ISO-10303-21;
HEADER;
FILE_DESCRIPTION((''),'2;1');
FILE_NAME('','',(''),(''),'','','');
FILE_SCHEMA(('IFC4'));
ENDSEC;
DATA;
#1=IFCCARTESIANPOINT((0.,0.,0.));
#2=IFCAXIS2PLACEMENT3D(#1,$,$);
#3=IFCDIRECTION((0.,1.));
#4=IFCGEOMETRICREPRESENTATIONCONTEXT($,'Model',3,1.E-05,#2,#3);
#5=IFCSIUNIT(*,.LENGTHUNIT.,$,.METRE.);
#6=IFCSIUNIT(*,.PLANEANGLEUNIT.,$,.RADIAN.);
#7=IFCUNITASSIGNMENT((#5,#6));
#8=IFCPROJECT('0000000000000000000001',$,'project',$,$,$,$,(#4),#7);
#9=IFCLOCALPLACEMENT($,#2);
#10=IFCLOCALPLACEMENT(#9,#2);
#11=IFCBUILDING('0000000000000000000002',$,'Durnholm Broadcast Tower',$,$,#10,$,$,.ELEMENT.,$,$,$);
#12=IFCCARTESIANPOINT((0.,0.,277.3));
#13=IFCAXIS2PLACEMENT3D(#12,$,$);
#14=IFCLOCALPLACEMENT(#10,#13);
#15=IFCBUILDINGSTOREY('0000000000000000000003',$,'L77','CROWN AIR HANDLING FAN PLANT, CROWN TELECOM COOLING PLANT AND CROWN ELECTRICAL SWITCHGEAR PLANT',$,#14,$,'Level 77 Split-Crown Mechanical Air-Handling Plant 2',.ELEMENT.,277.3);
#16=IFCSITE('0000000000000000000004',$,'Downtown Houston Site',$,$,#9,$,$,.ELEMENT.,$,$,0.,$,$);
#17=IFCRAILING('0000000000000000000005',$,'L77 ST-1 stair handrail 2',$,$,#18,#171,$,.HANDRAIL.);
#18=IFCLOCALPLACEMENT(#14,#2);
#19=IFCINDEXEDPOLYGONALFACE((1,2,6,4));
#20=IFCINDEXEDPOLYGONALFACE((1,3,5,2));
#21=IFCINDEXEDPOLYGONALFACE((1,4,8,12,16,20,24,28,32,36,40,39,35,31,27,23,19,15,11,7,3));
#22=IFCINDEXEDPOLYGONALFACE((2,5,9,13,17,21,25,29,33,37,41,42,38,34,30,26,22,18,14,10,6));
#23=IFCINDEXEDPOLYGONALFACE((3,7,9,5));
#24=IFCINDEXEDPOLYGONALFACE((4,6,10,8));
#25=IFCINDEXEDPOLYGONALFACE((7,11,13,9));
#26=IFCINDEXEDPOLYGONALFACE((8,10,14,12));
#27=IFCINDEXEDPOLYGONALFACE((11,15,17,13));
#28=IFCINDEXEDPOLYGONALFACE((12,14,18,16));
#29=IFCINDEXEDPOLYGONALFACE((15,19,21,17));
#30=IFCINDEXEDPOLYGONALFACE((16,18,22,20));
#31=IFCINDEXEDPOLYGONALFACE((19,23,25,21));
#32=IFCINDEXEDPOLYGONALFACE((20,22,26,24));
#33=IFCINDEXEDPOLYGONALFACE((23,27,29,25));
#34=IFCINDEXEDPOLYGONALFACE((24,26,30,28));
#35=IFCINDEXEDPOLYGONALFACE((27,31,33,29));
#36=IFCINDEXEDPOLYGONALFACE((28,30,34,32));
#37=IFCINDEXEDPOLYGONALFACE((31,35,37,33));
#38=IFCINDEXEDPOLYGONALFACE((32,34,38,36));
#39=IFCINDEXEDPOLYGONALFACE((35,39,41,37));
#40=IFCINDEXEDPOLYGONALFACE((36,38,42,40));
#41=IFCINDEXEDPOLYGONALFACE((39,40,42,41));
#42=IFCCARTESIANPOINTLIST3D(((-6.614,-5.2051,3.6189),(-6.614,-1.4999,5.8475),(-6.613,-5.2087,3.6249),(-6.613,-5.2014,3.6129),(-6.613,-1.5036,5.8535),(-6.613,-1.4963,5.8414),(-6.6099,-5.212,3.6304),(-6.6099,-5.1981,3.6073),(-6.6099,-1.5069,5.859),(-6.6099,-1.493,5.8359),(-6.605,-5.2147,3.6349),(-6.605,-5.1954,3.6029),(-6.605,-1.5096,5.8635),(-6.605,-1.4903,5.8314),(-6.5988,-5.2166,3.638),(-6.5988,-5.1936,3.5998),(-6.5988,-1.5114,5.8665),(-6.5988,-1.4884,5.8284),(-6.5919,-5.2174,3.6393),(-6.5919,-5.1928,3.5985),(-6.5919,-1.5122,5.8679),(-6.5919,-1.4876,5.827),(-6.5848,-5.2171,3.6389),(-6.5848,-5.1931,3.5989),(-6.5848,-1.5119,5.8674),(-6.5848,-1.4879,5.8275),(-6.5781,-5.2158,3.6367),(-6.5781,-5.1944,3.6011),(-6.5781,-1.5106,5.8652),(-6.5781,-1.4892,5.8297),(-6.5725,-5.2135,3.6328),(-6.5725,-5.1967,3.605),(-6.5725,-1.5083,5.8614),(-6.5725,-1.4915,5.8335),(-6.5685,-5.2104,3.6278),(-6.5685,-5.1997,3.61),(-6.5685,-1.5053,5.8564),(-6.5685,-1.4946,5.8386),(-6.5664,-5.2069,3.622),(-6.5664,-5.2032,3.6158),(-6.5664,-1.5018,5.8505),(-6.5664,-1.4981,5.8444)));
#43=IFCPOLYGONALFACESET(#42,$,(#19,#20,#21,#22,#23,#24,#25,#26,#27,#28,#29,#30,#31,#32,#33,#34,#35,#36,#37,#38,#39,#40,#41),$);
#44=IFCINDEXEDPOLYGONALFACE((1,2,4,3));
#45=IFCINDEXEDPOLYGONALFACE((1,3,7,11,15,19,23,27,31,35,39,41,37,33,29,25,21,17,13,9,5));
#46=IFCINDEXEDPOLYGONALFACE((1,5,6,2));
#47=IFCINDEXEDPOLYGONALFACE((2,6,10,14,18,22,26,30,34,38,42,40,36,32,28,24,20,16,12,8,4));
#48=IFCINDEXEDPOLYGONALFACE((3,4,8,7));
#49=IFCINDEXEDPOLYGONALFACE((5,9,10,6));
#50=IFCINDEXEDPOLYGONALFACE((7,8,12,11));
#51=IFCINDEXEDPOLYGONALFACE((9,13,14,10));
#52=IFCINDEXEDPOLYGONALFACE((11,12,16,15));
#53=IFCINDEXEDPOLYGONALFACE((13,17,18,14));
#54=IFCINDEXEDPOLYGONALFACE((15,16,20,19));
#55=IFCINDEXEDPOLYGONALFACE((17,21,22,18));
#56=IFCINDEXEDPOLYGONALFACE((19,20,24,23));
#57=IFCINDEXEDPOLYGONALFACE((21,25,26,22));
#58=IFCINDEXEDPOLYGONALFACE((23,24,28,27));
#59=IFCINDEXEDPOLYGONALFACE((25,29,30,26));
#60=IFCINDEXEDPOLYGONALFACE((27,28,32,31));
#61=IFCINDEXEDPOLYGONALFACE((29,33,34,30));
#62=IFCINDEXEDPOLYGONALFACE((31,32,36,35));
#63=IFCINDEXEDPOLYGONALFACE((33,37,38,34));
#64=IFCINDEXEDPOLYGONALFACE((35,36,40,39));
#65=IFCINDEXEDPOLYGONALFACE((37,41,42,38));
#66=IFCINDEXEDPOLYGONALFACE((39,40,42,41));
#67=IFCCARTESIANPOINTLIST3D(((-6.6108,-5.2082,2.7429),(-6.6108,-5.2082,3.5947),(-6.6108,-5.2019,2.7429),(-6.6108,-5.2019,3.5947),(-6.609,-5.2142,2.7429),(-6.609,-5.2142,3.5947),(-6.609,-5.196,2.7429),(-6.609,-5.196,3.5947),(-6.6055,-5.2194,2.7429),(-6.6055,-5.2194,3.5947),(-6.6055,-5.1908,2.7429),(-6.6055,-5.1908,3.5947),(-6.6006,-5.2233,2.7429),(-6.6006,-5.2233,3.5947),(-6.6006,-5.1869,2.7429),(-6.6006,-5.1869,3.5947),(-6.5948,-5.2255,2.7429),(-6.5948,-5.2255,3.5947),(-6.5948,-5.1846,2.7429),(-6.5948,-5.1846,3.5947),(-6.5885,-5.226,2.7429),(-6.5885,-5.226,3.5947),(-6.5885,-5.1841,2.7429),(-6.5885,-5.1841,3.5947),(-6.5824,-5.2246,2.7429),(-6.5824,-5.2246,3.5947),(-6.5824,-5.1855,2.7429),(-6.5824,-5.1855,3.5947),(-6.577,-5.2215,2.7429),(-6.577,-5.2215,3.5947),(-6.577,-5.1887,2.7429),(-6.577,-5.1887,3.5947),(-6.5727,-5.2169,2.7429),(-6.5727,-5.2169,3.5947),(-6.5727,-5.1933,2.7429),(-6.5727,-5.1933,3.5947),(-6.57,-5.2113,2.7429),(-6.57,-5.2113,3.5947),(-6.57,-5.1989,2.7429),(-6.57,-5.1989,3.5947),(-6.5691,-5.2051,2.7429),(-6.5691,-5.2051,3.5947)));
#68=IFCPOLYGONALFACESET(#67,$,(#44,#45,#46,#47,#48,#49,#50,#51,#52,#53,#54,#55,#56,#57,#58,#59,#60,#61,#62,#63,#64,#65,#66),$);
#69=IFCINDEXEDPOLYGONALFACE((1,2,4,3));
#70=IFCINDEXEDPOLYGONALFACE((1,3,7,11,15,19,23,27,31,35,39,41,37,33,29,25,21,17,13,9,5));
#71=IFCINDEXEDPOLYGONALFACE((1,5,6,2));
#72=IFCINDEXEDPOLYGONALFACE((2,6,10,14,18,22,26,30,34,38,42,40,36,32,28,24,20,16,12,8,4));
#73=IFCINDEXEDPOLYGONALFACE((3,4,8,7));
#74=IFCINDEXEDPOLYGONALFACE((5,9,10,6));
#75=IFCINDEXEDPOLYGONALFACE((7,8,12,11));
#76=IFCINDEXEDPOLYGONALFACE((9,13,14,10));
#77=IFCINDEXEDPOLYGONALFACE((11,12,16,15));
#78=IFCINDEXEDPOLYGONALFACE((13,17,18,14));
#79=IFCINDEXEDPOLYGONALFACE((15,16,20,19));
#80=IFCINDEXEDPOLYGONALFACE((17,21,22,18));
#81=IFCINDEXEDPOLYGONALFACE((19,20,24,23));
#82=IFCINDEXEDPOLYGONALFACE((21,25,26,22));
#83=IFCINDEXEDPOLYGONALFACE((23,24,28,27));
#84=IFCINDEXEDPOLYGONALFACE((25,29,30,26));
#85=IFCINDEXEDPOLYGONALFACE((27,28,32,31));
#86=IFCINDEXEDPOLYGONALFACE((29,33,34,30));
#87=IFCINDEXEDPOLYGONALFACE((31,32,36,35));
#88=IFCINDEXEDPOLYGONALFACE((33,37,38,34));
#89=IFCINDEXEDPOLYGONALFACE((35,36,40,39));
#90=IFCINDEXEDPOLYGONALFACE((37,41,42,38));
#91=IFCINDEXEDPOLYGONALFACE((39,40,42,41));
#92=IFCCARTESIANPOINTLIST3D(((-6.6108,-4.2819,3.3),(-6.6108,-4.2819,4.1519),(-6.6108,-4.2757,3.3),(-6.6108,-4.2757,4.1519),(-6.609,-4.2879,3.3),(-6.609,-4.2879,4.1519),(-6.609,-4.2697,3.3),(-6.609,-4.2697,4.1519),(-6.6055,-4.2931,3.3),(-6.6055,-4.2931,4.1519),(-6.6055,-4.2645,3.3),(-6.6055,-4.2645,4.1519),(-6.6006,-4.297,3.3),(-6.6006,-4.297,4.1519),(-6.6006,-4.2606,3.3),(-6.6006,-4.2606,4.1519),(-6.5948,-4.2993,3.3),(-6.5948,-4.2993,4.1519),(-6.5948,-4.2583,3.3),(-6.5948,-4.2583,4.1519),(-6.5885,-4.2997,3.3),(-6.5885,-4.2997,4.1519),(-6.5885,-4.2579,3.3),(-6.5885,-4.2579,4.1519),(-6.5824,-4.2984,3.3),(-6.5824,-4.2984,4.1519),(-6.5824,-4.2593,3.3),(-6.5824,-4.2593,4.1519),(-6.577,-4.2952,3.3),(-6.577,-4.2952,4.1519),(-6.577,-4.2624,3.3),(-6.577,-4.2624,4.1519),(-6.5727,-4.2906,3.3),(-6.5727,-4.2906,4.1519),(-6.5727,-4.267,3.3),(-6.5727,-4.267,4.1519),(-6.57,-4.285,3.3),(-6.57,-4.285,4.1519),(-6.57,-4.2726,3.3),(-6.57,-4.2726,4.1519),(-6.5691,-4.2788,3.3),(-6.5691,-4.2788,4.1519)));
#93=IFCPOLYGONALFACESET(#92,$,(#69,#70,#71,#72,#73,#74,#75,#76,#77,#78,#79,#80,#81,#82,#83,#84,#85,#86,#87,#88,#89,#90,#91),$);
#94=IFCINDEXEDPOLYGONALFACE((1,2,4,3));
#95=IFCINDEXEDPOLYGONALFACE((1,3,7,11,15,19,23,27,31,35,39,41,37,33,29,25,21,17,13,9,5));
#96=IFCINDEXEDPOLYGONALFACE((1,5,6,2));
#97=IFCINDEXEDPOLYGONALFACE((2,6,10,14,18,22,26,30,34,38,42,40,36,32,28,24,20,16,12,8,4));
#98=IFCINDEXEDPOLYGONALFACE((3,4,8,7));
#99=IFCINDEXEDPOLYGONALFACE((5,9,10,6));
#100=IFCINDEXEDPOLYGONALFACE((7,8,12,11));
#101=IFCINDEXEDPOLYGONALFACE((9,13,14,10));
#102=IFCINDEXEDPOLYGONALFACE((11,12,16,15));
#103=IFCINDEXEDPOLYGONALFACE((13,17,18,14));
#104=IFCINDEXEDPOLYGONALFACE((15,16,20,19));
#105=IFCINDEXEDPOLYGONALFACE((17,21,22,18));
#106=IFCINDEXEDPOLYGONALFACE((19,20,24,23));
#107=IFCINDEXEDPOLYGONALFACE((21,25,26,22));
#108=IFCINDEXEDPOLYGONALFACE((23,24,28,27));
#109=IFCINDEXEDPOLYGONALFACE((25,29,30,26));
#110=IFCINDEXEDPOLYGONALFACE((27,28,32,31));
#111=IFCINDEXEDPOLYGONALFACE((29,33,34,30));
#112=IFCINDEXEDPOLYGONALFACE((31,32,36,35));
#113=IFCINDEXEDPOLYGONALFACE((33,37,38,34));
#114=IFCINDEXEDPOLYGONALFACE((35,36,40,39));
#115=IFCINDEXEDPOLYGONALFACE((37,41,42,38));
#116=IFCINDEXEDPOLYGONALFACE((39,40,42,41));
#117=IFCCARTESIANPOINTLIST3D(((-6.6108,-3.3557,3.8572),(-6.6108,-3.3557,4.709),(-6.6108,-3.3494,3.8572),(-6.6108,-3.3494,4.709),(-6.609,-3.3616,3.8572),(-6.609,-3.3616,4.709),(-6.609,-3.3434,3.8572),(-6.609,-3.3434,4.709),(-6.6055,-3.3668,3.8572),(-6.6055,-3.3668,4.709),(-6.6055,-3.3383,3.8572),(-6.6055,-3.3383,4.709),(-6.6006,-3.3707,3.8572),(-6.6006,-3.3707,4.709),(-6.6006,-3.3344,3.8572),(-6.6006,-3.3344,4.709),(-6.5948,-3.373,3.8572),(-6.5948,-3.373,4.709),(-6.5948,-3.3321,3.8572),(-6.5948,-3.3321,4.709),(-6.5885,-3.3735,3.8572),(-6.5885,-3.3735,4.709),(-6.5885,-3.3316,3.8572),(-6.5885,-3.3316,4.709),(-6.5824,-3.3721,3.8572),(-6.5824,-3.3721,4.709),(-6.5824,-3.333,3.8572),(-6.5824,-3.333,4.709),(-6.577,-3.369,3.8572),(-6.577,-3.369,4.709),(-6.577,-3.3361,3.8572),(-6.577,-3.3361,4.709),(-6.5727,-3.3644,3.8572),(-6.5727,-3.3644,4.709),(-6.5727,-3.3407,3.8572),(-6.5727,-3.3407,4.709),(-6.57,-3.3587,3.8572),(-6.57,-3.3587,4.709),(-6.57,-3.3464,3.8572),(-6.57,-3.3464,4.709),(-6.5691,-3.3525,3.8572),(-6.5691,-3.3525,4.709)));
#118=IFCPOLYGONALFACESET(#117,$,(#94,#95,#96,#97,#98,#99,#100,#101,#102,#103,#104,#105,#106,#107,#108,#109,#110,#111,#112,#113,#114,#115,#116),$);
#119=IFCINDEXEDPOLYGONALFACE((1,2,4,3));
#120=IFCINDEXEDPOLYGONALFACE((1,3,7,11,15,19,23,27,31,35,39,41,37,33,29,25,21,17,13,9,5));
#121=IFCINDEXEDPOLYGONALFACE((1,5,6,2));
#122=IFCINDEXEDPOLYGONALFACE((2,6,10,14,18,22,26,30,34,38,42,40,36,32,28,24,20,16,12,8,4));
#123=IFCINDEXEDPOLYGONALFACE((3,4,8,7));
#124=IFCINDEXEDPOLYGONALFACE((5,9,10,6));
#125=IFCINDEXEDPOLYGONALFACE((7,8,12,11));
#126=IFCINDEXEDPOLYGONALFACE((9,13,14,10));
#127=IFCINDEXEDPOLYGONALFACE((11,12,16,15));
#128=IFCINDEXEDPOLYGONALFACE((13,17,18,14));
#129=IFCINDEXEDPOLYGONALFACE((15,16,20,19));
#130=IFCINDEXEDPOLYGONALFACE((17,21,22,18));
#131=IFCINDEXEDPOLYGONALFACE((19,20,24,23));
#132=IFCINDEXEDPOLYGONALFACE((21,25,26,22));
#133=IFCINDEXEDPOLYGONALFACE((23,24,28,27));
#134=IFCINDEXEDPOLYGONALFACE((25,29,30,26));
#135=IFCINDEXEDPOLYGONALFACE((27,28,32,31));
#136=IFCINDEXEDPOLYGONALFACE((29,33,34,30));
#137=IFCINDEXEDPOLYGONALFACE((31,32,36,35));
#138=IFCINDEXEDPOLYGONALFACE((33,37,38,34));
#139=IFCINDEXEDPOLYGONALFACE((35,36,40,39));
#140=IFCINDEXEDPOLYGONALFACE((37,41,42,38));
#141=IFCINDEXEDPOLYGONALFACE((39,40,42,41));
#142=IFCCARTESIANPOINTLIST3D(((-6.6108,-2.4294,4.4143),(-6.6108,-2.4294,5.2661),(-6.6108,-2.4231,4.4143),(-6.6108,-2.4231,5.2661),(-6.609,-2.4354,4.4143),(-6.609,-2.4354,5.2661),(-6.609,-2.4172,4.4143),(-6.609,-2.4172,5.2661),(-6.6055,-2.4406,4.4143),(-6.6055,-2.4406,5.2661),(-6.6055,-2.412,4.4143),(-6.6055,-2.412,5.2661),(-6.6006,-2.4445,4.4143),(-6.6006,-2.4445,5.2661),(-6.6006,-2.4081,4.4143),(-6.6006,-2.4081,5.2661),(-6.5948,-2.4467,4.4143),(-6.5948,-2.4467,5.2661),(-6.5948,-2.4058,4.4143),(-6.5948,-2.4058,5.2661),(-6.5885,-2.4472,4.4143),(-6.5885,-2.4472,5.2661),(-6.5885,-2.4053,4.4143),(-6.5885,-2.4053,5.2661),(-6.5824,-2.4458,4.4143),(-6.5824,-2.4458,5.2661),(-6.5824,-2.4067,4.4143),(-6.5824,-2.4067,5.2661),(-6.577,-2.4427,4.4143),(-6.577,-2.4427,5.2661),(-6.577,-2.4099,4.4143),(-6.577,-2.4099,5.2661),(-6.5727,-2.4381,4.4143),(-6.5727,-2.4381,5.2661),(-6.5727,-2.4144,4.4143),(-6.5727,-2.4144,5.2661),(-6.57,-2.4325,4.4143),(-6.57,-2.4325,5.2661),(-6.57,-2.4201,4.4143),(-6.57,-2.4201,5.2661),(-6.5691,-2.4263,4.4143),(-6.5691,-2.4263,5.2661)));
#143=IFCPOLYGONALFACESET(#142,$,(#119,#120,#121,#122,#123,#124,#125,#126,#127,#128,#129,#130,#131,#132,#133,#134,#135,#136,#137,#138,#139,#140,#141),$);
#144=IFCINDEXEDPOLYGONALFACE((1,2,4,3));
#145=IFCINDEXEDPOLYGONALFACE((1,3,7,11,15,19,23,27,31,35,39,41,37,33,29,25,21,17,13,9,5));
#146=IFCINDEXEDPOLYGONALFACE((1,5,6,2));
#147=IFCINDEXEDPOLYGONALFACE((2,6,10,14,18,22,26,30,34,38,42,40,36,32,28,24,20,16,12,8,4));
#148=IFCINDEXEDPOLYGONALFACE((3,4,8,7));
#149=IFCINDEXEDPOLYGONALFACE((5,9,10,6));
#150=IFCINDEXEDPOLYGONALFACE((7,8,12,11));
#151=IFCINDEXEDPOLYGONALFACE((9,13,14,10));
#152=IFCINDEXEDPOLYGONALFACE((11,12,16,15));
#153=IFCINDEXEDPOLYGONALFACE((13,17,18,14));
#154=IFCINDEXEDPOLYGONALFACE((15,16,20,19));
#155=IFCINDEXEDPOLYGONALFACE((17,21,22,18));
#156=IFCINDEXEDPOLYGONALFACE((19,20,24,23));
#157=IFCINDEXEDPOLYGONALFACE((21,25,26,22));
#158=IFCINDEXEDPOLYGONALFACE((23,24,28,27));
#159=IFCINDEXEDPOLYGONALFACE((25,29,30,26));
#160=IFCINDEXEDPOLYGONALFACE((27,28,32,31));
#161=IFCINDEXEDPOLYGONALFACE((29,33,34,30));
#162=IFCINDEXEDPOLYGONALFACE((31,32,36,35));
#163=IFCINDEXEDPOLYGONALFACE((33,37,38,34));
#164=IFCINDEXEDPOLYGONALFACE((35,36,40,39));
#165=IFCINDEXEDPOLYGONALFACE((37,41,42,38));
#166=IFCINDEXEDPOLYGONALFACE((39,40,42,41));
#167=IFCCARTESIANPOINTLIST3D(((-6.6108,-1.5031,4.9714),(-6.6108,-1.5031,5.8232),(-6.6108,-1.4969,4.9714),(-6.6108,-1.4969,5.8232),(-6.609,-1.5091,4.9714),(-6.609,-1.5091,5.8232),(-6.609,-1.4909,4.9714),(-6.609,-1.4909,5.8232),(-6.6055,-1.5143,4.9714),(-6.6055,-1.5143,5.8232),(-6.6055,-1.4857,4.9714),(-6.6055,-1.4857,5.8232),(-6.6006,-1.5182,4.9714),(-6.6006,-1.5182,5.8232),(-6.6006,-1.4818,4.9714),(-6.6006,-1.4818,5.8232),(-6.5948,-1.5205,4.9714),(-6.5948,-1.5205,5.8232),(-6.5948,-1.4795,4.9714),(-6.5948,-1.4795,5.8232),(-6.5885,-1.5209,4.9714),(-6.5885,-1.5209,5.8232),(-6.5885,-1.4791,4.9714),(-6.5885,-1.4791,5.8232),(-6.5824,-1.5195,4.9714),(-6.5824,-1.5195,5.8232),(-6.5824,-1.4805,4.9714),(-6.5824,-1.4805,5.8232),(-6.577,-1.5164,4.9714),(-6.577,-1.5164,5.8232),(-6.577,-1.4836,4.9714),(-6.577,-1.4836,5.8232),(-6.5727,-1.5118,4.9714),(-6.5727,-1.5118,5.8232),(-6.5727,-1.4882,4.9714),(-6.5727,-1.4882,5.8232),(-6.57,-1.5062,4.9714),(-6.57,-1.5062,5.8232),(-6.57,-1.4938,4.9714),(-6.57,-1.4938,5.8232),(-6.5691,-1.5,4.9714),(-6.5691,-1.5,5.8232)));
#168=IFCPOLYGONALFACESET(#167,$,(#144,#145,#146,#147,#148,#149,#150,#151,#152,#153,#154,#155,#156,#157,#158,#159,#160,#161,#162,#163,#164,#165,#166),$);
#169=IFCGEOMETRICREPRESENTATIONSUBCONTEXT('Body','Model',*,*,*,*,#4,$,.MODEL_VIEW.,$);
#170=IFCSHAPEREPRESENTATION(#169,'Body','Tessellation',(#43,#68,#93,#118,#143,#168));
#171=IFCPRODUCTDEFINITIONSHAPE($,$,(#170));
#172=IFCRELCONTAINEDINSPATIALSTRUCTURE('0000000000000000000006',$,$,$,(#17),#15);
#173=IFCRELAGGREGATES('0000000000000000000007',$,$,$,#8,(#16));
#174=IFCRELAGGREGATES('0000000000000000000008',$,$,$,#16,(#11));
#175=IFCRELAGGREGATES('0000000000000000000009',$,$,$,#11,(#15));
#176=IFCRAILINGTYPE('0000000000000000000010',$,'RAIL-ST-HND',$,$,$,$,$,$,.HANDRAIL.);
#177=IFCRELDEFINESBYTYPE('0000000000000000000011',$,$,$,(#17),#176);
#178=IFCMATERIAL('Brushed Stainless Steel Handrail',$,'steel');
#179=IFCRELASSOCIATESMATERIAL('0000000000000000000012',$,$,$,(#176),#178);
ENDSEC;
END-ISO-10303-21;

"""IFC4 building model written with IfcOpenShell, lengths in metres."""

from ifc_helpers import new_model, si_unit, direction, frame, origin, origin_2d, place, context, subcontext, project, spatial, circle, extrude, material, type_object, element, save


model = new_model("IFC4")

# Units and contexts
model_context = context("Model", 3, precision=1e-05, world=origin(), true_north=direction((0.0, 1.0)))
body_context = subcontext(model_context, "Body", "Model", "MODEL_VIEW")
ifc_project = project(units=[si_unit("LENGTHUNIT", "METRE"), si_unit("PLANEANGLEUNIT", "RADIAN")], contexts=[model_context])

# Site, building, storey
site_placement = place(None, origin())
site = spatial("IfcSite", under=ifc_project, at=site_placement, Name="Downtown Houston Site", CompositionType="ELEMENT", RefElevation=0.0)
building_placement = place(site_placement, origin())
building = spatial("IfcBuilding", under=site, at=building_placement, Name="Durnholm Broadcast Tower", CompositionType="ELEMENT")
storey_placement = place(building_placement, frame((0.0, 0.0, 277.3)))
storey = spatial("IfcBuildingStorey", under=building, at=storey_placement, Name="L77", Description="CROWN AIR HANDLING FAN PLANT, CROWN TELECOM COOLING PLANT AND CROWN ELECTRICAL SWITCHGEAR PLANT", LongName="Level 77 Split-Crown Mechanical Air-Handling Plant 2", CompositionType="ELEMENT", Elevation=277.3)

# Railing
ifc_material_1 = material(Name="Brushed Stainless Steel Handrail", Category="steel")
railing_type_1 = type_object("IfcRailingType", Name="RAIL-ST-HND", PredefinedType="HANDRAIL", material=ifc_material_1)
railing_1_placement = place(storey_placement, frame((-6.5901, -5.2051, 2.7429)))
element("IfcRailing", 1, at=railing_1_placement, inside=storey, type_object=railing_type_1, Name="L77 ST-1 stair handrail 2", PredefinedType="HANDRAIL", context=body_context, shape_type="SweptSolid", body=[
    extrude(circle(Radius=0.0239, at=origin_2d()), frame((0.0, 0.0, 0.876), z_axis=(0.0, 0.856934, 0.515425), x_axis=(-1.0, 0.0, 0.0)), (0.0, 0.0, 1.0), 4.3237),
    extrude(circle(Radius=0.021, at=origin_2d()), origin(), (0.0, 0.0, 1.0), 0.8518),
    extrude(circle(Radius=0.021, at=origin_2d()), frame((0.0, 0.9263, 0.5571)), (0.0, 0.0, 1.0), 0.8518),
    extrude(circle(Radius=0.021, at=origin_2d()), frame((0.0, 1.8525, 1.1143)), (0.0, 0.0, 1.0), 0.8518),
    extrude(circle(Radius=0.021, at=origin_2d()), frame((0.0, 2.7788, 1.6714)), (0.0, 0.0, 1.0), 0.8518),
    extrude(circle(Radius=0.021, at=origin_2d()), frame((0.0, 3.7051, 2.2285)), (0.0, 0.0, 1.0), 0.8518),
])

save(model, "model.ifc")
